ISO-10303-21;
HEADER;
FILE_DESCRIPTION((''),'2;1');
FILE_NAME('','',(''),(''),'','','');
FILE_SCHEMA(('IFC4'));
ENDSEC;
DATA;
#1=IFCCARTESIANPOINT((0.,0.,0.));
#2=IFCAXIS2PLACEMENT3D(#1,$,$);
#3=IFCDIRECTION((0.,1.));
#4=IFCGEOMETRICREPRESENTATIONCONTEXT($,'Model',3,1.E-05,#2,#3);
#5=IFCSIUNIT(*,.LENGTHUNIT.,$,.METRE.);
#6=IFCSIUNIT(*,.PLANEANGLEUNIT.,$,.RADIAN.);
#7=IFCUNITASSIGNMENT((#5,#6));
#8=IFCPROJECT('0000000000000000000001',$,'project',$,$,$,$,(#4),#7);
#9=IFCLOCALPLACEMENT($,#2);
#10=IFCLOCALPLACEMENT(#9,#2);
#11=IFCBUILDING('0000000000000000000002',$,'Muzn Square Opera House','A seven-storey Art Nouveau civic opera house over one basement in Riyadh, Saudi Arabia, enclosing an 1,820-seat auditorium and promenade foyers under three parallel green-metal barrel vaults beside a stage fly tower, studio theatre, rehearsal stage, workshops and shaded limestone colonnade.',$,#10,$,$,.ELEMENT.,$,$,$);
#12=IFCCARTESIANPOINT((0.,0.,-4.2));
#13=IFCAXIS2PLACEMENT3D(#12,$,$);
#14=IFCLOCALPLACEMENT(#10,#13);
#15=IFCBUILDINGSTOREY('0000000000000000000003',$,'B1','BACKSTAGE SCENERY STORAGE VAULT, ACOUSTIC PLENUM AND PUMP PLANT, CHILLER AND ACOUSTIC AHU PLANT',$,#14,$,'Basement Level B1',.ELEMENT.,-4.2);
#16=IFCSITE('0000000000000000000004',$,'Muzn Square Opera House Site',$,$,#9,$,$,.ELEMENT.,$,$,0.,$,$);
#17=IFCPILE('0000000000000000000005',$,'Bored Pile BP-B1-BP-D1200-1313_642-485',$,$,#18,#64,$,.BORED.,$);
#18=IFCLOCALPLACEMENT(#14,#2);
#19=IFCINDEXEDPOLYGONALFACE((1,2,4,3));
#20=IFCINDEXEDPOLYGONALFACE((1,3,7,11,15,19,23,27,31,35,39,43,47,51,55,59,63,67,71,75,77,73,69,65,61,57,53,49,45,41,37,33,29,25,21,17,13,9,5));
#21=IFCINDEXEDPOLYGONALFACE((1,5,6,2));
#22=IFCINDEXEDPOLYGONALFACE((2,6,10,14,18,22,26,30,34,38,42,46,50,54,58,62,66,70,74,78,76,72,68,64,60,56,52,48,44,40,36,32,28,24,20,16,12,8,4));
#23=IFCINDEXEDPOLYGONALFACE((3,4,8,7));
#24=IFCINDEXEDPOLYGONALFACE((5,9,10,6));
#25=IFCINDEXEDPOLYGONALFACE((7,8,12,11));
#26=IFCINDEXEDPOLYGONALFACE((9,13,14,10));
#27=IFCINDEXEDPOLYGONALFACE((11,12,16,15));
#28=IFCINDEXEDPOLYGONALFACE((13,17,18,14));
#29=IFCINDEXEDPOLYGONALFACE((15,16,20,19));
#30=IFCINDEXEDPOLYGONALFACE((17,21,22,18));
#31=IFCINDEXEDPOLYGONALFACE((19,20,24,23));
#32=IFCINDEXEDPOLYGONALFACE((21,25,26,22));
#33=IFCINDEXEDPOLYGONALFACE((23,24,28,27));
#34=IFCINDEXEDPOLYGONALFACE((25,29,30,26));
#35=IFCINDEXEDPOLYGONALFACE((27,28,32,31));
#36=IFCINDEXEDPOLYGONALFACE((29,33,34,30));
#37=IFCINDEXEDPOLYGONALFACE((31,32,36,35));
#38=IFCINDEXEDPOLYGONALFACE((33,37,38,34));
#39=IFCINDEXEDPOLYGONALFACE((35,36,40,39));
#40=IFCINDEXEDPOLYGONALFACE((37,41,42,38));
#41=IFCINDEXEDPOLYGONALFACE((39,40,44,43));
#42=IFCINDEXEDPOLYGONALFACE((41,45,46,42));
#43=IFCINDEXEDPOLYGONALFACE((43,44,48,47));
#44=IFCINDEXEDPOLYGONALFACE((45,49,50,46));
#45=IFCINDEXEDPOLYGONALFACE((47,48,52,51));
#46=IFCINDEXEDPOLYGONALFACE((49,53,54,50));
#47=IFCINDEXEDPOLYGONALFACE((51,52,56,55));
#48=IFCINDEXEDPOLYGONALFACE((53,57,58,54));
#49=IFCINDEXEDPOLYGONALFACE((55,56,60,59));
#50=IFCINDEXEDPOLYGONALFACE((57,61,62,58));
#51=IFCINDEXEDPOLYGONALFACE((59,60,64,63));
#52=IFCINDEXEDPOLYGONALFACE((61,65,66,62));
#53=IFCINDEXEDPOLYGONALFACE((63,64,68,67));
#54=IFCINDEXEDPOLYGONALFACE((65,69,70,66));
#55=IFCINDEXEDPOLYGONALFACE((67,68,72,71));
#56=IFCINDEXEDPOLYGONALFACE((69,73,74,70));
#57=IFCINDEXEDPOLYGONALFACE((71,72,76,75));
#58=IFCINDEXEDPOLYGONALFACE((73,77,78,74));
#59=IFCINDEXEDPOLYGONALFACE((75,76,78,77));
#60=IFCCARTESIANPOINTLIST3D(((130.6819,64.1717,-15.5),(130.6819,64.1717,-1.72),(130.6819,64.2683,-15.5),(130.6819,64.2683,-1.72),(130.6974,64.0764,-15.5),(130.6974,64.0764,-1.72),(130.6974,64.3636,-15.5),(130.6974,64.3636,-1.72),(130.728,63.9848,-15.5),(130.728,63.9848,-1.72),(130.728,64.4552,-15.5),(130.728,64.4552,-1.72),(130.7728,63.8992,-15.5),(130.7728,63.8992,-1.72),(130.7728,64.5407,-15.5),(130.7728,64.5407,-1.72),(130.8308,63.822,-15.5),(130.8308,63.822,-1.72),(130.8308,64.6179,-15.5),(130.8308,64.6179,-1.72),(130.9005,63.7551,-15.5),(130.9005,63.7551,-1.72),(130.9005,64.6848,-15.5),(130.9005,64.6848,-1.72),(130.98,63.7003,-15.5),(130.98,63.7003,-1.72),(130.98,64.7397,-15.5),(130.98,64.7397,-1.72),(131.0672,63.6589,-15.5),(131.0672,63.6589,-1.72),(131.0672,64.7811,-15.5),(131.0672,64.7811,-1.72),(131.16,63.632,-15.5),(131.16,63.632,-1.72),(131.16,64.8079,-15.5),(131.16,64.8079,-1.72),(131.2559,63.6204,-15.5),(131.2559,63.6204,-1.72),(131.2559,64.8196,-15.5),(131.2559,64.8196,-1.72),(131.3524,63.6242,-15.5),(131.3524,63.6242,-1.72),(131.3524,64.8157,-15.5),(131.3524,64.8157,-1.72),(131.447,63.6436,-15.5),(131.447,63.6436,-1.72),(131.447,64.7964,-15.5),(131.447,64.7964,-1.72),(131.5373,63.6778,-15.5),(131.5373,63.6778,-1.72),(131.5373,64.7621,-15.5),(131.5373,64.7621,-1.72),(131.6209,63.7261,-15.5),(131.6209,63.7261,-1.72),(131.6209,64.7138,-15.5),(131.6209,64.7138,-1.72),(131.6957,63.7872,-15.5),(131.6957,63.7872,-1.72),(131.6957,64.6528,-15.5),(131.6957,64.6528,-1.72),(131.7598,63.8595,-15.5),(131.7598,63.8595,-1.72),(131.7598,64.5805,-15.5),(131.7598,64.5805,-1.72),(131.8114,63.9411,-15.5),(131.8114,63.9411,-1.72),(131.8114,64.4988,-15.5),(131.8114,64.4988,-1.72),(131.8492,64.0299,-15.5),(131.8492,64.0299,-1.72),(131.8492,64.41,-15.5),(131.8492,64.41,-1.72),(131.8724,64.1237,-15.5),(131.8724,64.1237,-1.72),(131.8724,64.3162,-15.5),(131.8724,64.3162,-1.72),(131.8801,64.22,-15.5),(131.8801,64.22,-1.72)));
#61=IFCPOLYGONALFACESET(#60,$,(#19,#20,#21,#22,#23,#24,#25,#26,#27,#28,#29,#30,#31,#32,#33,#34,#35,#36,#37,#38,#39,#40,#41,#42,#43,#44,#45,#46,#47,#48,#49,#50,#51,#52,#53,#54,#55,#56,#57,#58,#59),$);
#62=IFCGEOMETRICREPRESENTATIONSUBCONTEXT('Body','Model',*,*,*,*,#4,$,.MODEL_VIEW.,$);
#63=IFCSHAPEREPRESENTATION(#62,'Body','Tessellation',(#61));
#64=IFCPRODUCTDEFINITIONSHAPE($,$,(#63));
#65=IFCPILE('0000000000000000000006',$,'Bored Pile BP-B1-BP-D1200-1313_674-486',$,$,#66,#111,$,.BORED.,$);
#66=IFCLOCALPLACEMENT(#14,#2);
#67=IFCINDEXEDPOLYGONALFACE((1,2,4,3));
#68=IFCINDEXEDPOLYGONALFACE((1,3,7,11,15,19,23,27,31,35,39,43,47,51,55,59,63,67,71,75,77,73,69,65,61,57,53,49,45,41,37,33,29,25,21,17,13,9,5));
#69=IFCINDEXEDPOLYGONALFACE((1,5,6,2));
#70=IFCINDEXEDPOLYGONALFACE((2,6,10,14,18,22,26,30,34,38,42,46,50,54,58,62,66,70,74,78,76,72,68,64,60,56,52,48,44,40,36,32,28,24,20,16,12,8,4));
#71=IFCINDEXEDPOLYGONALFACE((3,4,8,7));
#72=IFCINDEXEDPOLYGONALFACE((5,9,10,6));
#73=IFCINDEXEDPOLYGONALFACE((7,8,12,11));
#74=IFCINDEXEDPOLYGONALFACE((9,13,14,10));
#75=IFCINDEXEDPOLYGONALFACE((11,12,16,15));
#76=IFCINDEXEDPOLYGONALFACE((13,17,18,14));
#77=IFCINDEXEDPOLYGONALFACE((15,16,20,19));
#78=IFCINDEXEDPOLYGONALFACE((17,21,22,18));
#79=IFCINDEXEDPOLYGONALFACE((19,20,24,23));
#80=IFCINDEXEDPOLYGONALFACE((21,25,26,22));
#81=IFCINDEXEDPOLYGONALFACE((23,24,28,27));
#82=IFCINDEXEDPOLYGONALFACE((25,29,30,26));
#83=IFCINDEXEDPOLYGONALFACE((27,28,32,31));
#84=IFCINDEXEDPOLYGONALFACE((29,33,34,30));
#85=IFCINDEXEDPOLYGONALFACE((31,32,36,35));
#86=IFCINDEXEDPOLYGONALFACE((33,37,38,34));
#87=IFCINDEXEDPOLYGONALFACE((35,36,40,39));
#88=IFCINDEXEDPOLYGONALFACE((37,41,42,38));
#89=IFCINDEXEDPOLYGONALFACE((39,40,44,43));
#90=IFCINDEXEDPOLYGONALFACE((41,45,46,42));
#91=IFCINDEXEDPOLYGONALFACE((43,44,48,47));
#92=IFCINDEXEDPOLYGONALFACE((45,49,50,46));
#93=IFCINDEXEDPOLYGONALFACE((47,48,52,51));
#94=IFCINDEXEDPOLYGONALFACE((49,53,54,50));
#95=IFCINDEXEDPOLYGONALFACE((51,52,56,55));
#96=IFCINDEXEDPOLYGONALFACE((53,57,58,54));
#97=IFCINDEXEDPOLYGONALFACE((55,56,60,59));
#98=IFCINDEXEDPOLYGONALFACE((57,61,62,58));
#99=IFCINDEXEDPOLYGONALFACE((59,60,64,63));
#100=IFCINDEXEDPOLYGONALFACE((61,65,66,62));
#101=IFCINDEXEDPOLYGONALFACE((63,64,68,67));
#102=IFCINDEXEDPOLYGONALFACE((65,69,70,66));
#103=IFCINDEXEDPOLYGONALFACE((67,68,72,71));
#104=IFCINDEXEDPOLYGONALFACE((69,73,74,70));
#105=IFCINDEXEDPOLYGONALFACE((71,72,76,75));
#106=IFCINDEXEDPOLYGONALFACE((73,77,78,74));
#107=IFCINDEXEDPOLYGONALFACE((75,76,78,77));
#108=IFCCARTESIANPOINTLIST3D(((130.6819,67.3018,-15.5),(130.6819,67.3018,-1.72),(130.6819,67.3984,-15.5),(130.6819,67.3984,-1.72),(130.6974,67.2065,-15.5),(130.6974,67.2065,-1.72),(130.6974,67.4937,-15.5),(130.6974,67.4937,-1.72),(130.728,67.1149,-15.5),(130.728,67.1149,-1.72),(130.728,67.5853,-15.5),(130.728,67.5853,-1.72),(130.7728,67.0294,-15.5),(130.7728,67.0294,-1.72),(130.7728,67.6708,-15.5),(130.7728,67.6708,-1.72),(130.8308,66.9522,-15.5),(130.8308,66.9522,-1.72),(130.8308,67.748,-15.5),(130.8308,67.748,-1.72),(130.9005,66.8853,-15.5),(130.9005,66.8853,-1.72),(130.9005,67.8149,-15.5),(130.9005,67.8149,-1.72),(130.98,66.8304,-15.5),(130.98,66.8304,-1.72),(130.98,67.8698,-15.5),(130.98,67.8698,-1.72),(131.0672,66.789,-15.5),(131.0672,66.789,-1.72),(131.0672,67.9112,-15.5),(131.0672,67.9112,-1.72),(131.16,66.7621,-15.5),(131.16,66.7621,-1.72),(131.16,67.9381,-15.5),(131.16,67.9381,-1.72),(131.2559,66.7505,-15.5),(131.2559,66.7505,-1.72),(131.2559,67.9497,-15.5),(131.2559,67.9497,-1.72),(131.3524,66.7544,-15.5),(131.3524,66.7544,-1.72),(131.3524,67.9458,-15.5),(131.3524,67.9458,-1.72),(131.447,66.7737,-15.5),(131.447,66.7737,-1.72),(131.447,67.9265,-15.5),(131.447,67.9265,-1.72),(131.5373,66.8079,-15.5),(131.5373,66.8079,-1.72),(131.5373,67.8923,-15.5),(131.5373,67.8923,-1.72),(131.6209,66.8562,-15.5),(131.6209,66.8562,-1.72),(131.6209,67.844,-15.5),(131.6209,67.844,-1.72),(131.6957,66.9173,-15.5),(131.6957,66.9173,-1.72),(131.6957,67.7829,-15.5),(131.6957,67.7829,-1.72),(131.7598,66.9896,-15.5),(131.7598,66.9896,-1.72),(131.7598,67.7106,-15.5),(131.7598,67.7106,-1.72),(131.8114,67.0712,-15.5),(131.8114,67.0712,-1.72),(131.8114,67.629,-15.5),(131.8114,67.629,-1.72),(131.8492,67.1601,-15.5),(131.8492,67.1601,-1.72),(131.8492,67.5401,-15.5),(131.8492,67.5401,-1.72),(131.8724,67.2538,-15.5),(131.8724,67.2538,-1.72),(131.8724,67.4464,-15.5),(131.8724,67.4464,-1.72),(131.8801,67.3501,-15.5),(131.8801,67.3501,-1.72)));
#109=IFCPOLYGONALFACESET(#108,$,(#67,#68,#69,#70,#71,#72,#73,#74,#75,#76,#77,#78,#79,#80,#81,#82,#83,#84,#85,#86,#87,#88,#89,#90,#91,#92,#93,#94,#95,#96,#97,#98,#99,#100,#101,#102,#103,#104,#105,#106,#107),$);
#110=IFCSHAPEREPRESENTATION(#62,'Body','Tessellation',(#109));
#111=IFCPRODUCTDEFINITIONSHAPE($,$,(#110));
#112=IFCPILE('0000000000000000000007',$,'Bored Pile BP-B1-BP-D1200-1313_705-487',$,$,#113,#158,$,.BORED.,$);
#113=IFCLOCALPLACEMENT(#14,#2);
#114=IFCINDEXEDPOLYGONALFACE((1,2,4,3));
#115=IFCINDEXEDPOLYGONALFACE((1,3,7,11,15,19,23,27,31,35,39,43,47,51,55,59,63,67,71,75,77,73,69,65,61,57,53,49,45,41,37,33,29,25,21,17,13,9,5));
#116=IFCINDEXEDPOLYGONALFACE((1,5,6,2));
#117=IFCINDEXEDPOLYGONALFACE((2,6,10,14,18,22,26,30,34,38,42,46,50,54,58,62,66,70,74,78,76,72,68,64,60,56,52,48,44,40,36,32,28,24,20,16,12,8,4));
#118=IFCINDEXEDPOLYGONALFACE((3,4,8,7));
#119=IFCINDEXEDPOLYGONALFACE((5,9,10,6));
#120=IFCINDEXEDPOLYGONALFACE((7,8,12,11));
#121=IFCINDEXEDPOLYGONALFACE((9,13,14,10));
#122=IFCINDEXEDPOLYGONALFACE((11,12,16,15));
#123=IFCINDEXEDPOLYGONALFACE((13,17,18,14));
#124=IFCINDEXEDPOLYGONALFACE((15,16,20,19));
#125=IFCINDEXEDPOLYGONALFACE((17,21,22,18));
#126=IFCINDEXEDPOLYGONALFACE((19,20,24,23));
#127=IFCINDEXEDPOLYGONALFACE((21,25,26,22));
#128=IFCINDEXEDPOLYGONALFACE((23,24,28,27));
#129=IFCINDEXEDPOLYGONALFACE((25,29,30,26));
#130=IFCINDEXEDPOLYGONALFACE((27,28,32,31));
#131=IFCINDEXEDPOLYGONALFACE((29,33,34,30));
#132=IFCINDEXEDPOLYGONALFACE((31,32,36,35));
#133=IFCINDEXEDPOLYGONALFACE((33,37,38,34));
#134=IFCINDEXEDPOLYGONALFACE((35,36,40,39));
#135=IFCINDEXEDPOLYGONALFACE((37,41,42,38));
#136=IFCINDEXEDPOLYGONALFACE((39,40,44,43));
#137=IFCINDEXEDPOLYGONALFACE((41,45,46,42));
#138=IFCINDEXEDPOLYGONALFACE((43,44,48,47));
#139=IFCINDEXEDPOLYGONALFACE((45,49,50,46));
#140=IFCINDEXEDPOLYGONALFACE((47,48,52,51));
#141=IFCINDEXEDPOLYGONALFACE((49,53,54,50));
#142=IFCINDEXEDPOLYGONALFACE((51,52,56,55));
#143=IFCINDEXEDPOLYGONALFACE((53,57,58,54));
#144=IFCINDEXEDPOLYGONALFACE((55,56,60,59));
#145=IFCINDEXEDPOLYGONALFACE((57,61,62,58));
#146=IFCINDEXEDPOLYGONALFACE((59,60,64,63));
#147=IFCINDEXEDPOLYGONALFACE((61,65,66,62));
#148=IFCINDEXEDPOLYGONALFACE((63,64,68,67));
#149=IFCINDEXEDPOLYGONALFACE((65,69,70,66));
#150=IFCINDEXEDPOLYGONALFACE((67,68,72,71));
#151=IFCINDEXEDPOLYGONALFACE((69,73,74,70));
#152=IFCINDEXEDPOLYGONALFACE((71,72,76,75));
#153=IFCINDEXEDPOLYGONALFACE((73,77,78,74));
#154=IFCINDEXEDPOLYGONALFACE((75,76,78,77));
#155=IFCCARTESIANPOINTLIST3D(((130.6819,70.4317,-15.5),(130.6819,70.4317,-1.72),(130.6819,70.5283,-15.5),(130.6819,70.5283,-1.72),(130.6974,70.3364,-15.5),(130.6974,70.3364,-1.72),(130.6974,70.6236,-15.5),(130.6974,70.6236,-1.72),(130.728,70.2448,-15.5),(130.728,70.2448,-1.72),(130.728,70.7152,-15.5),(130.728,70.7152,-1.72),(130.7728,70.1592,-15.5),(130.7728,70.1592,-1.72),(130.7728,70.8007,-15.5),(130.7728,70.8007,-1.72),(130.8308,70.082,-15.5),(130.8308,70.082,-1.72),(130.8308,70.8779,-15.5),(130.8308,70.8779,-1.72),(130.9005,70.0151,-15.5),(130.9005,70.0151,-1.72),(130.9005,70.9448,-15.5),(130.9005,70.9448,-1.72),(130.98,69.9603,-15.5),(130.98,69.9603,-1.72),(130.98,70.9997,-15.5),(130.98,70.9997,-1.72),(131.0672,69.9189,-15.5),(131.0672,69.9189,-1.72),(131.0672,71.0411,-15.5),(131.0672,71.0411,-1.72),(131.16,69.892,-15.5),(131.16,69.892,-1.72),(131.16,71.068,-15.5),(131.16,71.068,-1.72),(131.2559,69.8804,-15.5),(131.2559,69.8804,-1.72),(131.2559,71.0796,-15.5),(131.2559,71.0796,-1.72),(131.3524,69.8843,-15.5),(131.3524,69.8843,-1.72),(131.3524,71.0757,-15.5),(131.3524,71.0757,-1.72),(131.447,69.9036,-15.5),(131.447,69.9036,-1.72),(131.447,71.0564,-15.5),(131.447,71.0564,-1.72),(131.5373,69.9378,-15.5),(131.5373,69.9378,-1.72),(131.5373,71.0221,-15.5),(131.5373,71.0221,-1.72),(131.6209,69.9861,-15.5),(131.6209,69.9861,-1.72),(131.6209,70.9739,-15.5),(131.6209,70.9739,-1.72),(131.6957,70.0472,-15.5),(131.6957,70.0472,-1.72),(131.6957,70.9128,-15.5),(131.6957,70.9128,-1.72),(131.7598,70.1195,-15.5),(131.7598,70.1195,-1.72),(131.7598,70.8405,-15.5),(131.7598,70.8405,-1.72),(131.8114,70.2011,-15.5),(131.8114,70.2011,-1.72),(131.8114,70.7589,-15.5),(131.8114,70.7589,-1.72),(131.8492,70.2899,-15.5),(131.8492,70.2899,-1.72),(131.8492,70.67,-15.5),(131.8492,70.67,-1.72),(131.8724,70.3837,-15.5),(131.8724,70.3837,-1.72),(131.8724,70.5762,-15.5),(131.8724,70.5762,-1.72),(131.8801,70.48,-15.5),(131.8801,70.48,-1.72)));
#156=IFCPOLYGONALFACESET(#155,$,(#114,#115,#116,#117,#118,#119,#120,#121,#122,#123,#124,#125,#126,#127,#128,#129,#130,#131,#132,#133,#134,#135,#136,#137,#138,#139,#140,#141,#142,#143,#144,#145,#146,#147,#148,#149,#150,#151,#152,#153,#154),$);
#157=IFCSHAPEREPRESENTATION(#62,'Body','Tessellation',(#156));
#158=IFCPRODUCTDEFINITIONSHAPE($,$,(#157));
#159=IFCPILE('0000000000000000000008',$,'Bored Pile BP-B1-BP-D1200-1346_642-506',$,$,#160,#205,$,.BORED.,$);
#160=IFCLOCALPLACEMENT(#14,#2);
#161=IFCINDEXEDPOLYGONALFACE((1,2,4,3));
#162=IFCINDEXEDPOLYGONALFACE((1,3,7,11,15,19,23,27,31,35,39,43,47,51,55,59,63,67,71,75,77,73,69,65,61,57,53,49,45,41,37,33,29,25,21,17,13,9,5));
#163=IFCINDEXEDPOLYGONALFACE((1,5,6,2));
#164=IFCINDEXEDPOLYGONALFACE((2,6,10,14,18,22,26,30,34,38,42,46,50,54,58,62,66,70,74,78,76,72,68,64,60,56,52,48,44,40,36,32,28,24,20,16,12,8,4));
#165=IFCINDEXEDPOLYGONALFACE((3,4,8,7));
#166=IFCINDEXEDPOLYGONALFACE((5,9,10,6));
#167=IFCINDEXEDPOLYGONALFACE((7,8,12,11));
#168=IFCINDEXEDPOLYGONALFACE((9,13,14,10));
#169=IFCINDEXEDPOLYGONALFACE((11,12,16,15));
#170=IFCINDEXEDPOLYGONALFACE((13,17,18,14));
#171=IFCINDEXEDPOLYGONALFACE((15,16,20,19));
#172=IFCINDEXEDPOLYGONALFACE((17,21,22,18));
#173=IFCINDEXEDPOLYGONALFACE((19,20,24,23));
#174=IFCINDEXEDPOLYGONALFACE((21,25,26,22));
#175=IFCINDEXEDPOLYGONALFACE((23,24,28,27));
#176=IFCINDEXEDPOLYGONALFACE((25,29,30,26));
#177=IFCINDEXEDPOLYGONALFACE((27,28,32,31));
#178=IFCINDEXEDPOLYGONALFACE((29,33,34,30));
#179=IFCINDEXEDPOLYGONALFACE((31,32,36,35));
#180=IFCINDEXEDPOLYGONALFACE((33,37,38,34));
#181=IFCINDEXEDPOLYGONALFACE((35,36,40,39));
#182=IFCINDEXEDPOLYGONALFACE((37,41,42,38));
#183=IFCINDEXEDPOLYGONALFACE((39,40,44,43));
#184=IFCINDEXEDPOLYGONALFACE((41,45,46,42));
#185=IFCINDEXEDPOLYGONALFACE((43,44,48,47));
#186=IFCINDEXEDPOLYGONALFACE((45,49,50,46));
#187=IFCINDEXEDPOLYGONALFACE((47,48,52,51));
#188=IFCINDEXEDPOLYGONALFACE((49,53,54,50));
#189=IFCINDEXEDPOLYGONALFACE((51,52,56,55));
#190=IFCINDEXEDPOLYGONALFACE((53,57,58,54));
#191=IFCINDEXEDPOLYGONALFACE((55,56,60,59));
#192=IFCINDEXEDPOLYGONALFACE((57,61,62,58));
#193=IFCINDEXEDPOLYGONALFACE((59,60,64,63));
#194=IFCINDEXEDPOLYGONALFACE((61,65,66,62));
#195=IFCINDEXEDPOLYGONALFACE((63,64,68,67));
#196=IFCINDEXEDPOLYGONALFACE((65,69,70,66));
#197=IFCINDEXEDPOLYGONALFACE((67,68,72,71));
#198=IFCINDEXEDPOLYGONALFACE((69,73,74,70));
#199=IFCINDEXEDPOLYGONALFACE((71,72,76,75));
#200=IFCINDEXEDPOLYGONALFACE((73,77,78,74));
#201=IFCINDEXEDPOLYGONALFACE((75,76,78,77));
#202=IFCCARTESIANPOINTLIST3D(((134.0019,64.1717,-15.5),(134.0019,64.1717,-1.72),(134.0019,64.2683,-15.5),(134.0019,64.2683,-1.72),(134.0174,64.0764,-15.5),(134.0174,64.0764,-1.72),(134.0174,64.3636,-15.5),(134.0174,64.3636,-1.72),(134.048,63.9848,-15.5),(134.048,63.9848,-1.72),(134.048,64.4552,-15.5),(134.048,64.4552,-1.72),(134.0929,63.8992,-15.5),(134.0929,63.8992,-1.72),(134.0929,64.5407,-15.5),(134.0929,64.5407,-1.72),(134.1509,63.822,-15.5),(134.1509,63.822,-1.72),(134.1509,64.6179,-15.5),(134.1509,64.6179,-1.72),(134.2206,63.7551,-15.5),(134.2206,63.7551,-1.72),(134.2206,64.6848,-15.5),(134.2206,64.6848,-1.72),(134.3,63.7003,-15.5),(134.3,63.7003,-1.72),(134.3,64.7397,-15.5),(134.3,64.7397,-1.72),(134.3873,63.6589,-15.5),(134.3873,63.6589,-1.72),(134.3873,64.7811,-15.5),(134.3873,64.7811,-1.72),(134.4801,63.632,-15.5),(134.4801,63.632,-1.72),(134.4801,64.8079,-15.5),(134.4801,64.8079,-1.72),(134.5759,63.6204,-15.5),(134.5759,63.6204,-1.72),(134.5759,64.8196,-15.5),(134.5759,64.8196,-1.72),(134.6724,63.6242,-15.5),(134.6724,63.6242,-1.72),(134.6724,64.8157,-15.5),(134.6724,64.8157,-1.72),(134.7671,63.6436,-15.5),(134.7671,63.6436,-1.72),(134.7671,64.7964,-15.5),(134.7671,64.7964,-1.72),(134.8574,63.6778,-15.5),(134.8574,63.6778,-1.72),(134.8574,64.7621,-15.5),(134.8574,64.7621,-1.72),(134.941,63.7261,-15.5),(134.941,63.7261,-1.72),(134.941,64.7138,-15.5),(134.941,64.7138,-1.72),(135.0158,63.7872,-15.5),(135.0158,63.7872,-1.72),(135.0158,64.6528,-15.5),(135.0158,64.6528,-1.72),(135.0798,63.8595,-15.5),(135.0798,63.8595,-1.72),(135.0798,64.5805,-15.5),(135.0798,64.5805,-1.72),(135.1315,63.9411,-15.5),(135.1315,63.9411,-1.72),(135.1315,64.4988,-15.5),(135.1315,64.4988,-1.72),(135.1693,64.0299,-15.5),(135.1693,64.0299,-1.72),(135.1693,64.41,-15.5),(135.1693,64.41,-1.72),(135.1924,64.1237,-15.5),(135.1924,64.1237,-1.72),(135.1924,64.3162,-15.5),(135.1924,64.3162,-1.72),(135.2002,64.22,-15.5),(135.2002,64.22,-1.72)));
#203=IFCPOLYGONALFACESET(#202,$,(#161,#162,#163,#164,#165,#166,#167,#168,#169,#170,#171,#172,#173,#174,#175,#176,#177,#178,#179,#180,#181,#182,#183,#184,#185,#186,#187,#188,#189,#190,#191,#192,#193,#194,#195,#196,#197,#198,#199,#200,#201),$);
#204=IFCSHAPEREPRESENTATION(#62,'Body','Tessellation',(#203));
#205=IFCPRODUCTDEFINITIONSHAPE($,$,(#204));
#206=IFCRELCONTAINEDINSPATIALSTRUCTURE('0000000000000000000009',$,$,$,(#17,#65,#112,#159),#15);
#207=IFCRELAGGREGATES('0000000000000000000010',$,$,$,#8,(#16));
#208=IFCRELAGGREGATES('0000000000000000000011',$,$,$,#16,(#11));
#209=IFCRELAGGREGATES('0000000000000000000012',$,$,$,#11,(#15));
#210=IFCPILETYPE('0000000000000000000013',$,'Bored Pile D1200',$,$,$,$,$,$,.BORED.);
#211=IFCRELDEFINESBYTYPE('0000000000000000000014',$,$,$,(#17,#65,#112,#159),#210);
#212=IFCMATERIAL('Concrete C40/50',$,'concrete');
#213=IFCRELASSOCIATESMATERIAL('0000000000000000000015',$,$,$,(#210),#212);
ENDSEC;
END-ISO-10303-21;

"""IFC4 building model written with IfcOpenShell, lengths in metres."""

from ifc_helpers import new_model, si_unit, direction, frame, origin, origin_2d, place, context, subcontext, project, spatial, circle, extrude, material, material_profile, profile_set, type_object, element, save


model = new_model("IFC4")

# Units and contexts
model_context = context("Model", 3, precision=1e-05, world=origin(), true_north=direction((0.0, 1.0)))
body_context = subcontext(model_context, "Body", "Model", "MODEL_VIEW")
ifc_project = project(units=[si_unit("LENGTHUNIT", "METRE"), si_unit("PLANEANGLEUNIT", "RADIAN")], contexts=[model_context])

# Site, building, storey
site_placement = place(None, origin())
site = spatial("IfcSite", under=ifc_project, at=site_placement, Name="Muzn Square Opera House Site", CompositionType="ELEMENT", RefElevation=0.0)
building_placement = place(site_placement, origin())
building = spatial("IfcBuilding", under=site, at=building_placement, Name="Muzn Square Opera House", Description="A seven-storey Art Nouveau civic opera house over one basement in Riyadh, Saudi Arabia, enclosing an 1,820-seat auditorium and promenade foyers under three parallel green-metal barrel vaults beside a stage fly tower, studio theatre, rehearsal stage, workshops and shaded limestone colonnade.", CompositionType="ELEMENT")
storey_placement = place(building_placement, frame((0.0, 0.0, -4.2)))
storey = spatial("IfcBuildingStorey", under=building, at=storey_placement, Name="B1", Description="BACKSTAGE SCENERY STORAGE VAULT, ACOUSTIC PLENUM AND PUMP PLANT, CHILLER AND ACOUSTIC AHU PLANT", LongName="Basement Level B1", CompositionType="ELEMENT", Elevation=-4.2)

# Piles
ifc_material_1 = material(Name="Concrete C40/50", Category="concrete")
ifc_material_profile_1 = material_profile(ifc_material_1, circle(Radius=0.6001, at=origin_2d()), Name="BORED PILE D1200", Category="concrete")
ifc_profile_set_1 = profile_set([ifc_material_profile_1], Name="Concrete C40/50")
pile_type = type_object("IfcPileType", Name="Bored Pile D1200", PredefinedType="BORED", material=ifc_profile_set_1)
for number, where, z_axis, x_axis, name in (
    (1, (131.28, 64.22, -1.72), (0.0, 0.0, -1.0), (1.0, 0.0, 0.0), "Bored Pile BP-B1-BP-D1200-1313_642-485"),
    (2, (131.28, 67.3501, -1.72), (0.0, 0.0, -1.0), (1.0, 0.0, 0.0), "Bored Pile BP-B1-BP-D1200-1313_674-486"),
    (3, (131.28, 70.48, -1.72), (0.0, 0.0, -1.0), (1.0, 0.0, 0.0), "Bored Pile BP-B1-BP-D1200-1313_705-487"),
    (4, (134.6001, 64.22, -1.72), (0.0, 0.0, -1.0), (1.0, 0.0, 0.0), "Bored Pile BP-B1-BP-D1200-1346_642-506"),
):
    element("IfcPile", number, at=place(storey_placement, frame(where, z_axis=z_axis, x_axis=x_axis)), inside=storey, type_object=pile_type, Name=name, PredefinedType="BORED", context=body_context, shape_type="SweptSolid", body=[
        extrude(circle(Radius=0.6001, at=origin_2d()), origin(), (0.0, 0.0, 1.0), 13.78),
    ])

save(model, "model.ifc")
